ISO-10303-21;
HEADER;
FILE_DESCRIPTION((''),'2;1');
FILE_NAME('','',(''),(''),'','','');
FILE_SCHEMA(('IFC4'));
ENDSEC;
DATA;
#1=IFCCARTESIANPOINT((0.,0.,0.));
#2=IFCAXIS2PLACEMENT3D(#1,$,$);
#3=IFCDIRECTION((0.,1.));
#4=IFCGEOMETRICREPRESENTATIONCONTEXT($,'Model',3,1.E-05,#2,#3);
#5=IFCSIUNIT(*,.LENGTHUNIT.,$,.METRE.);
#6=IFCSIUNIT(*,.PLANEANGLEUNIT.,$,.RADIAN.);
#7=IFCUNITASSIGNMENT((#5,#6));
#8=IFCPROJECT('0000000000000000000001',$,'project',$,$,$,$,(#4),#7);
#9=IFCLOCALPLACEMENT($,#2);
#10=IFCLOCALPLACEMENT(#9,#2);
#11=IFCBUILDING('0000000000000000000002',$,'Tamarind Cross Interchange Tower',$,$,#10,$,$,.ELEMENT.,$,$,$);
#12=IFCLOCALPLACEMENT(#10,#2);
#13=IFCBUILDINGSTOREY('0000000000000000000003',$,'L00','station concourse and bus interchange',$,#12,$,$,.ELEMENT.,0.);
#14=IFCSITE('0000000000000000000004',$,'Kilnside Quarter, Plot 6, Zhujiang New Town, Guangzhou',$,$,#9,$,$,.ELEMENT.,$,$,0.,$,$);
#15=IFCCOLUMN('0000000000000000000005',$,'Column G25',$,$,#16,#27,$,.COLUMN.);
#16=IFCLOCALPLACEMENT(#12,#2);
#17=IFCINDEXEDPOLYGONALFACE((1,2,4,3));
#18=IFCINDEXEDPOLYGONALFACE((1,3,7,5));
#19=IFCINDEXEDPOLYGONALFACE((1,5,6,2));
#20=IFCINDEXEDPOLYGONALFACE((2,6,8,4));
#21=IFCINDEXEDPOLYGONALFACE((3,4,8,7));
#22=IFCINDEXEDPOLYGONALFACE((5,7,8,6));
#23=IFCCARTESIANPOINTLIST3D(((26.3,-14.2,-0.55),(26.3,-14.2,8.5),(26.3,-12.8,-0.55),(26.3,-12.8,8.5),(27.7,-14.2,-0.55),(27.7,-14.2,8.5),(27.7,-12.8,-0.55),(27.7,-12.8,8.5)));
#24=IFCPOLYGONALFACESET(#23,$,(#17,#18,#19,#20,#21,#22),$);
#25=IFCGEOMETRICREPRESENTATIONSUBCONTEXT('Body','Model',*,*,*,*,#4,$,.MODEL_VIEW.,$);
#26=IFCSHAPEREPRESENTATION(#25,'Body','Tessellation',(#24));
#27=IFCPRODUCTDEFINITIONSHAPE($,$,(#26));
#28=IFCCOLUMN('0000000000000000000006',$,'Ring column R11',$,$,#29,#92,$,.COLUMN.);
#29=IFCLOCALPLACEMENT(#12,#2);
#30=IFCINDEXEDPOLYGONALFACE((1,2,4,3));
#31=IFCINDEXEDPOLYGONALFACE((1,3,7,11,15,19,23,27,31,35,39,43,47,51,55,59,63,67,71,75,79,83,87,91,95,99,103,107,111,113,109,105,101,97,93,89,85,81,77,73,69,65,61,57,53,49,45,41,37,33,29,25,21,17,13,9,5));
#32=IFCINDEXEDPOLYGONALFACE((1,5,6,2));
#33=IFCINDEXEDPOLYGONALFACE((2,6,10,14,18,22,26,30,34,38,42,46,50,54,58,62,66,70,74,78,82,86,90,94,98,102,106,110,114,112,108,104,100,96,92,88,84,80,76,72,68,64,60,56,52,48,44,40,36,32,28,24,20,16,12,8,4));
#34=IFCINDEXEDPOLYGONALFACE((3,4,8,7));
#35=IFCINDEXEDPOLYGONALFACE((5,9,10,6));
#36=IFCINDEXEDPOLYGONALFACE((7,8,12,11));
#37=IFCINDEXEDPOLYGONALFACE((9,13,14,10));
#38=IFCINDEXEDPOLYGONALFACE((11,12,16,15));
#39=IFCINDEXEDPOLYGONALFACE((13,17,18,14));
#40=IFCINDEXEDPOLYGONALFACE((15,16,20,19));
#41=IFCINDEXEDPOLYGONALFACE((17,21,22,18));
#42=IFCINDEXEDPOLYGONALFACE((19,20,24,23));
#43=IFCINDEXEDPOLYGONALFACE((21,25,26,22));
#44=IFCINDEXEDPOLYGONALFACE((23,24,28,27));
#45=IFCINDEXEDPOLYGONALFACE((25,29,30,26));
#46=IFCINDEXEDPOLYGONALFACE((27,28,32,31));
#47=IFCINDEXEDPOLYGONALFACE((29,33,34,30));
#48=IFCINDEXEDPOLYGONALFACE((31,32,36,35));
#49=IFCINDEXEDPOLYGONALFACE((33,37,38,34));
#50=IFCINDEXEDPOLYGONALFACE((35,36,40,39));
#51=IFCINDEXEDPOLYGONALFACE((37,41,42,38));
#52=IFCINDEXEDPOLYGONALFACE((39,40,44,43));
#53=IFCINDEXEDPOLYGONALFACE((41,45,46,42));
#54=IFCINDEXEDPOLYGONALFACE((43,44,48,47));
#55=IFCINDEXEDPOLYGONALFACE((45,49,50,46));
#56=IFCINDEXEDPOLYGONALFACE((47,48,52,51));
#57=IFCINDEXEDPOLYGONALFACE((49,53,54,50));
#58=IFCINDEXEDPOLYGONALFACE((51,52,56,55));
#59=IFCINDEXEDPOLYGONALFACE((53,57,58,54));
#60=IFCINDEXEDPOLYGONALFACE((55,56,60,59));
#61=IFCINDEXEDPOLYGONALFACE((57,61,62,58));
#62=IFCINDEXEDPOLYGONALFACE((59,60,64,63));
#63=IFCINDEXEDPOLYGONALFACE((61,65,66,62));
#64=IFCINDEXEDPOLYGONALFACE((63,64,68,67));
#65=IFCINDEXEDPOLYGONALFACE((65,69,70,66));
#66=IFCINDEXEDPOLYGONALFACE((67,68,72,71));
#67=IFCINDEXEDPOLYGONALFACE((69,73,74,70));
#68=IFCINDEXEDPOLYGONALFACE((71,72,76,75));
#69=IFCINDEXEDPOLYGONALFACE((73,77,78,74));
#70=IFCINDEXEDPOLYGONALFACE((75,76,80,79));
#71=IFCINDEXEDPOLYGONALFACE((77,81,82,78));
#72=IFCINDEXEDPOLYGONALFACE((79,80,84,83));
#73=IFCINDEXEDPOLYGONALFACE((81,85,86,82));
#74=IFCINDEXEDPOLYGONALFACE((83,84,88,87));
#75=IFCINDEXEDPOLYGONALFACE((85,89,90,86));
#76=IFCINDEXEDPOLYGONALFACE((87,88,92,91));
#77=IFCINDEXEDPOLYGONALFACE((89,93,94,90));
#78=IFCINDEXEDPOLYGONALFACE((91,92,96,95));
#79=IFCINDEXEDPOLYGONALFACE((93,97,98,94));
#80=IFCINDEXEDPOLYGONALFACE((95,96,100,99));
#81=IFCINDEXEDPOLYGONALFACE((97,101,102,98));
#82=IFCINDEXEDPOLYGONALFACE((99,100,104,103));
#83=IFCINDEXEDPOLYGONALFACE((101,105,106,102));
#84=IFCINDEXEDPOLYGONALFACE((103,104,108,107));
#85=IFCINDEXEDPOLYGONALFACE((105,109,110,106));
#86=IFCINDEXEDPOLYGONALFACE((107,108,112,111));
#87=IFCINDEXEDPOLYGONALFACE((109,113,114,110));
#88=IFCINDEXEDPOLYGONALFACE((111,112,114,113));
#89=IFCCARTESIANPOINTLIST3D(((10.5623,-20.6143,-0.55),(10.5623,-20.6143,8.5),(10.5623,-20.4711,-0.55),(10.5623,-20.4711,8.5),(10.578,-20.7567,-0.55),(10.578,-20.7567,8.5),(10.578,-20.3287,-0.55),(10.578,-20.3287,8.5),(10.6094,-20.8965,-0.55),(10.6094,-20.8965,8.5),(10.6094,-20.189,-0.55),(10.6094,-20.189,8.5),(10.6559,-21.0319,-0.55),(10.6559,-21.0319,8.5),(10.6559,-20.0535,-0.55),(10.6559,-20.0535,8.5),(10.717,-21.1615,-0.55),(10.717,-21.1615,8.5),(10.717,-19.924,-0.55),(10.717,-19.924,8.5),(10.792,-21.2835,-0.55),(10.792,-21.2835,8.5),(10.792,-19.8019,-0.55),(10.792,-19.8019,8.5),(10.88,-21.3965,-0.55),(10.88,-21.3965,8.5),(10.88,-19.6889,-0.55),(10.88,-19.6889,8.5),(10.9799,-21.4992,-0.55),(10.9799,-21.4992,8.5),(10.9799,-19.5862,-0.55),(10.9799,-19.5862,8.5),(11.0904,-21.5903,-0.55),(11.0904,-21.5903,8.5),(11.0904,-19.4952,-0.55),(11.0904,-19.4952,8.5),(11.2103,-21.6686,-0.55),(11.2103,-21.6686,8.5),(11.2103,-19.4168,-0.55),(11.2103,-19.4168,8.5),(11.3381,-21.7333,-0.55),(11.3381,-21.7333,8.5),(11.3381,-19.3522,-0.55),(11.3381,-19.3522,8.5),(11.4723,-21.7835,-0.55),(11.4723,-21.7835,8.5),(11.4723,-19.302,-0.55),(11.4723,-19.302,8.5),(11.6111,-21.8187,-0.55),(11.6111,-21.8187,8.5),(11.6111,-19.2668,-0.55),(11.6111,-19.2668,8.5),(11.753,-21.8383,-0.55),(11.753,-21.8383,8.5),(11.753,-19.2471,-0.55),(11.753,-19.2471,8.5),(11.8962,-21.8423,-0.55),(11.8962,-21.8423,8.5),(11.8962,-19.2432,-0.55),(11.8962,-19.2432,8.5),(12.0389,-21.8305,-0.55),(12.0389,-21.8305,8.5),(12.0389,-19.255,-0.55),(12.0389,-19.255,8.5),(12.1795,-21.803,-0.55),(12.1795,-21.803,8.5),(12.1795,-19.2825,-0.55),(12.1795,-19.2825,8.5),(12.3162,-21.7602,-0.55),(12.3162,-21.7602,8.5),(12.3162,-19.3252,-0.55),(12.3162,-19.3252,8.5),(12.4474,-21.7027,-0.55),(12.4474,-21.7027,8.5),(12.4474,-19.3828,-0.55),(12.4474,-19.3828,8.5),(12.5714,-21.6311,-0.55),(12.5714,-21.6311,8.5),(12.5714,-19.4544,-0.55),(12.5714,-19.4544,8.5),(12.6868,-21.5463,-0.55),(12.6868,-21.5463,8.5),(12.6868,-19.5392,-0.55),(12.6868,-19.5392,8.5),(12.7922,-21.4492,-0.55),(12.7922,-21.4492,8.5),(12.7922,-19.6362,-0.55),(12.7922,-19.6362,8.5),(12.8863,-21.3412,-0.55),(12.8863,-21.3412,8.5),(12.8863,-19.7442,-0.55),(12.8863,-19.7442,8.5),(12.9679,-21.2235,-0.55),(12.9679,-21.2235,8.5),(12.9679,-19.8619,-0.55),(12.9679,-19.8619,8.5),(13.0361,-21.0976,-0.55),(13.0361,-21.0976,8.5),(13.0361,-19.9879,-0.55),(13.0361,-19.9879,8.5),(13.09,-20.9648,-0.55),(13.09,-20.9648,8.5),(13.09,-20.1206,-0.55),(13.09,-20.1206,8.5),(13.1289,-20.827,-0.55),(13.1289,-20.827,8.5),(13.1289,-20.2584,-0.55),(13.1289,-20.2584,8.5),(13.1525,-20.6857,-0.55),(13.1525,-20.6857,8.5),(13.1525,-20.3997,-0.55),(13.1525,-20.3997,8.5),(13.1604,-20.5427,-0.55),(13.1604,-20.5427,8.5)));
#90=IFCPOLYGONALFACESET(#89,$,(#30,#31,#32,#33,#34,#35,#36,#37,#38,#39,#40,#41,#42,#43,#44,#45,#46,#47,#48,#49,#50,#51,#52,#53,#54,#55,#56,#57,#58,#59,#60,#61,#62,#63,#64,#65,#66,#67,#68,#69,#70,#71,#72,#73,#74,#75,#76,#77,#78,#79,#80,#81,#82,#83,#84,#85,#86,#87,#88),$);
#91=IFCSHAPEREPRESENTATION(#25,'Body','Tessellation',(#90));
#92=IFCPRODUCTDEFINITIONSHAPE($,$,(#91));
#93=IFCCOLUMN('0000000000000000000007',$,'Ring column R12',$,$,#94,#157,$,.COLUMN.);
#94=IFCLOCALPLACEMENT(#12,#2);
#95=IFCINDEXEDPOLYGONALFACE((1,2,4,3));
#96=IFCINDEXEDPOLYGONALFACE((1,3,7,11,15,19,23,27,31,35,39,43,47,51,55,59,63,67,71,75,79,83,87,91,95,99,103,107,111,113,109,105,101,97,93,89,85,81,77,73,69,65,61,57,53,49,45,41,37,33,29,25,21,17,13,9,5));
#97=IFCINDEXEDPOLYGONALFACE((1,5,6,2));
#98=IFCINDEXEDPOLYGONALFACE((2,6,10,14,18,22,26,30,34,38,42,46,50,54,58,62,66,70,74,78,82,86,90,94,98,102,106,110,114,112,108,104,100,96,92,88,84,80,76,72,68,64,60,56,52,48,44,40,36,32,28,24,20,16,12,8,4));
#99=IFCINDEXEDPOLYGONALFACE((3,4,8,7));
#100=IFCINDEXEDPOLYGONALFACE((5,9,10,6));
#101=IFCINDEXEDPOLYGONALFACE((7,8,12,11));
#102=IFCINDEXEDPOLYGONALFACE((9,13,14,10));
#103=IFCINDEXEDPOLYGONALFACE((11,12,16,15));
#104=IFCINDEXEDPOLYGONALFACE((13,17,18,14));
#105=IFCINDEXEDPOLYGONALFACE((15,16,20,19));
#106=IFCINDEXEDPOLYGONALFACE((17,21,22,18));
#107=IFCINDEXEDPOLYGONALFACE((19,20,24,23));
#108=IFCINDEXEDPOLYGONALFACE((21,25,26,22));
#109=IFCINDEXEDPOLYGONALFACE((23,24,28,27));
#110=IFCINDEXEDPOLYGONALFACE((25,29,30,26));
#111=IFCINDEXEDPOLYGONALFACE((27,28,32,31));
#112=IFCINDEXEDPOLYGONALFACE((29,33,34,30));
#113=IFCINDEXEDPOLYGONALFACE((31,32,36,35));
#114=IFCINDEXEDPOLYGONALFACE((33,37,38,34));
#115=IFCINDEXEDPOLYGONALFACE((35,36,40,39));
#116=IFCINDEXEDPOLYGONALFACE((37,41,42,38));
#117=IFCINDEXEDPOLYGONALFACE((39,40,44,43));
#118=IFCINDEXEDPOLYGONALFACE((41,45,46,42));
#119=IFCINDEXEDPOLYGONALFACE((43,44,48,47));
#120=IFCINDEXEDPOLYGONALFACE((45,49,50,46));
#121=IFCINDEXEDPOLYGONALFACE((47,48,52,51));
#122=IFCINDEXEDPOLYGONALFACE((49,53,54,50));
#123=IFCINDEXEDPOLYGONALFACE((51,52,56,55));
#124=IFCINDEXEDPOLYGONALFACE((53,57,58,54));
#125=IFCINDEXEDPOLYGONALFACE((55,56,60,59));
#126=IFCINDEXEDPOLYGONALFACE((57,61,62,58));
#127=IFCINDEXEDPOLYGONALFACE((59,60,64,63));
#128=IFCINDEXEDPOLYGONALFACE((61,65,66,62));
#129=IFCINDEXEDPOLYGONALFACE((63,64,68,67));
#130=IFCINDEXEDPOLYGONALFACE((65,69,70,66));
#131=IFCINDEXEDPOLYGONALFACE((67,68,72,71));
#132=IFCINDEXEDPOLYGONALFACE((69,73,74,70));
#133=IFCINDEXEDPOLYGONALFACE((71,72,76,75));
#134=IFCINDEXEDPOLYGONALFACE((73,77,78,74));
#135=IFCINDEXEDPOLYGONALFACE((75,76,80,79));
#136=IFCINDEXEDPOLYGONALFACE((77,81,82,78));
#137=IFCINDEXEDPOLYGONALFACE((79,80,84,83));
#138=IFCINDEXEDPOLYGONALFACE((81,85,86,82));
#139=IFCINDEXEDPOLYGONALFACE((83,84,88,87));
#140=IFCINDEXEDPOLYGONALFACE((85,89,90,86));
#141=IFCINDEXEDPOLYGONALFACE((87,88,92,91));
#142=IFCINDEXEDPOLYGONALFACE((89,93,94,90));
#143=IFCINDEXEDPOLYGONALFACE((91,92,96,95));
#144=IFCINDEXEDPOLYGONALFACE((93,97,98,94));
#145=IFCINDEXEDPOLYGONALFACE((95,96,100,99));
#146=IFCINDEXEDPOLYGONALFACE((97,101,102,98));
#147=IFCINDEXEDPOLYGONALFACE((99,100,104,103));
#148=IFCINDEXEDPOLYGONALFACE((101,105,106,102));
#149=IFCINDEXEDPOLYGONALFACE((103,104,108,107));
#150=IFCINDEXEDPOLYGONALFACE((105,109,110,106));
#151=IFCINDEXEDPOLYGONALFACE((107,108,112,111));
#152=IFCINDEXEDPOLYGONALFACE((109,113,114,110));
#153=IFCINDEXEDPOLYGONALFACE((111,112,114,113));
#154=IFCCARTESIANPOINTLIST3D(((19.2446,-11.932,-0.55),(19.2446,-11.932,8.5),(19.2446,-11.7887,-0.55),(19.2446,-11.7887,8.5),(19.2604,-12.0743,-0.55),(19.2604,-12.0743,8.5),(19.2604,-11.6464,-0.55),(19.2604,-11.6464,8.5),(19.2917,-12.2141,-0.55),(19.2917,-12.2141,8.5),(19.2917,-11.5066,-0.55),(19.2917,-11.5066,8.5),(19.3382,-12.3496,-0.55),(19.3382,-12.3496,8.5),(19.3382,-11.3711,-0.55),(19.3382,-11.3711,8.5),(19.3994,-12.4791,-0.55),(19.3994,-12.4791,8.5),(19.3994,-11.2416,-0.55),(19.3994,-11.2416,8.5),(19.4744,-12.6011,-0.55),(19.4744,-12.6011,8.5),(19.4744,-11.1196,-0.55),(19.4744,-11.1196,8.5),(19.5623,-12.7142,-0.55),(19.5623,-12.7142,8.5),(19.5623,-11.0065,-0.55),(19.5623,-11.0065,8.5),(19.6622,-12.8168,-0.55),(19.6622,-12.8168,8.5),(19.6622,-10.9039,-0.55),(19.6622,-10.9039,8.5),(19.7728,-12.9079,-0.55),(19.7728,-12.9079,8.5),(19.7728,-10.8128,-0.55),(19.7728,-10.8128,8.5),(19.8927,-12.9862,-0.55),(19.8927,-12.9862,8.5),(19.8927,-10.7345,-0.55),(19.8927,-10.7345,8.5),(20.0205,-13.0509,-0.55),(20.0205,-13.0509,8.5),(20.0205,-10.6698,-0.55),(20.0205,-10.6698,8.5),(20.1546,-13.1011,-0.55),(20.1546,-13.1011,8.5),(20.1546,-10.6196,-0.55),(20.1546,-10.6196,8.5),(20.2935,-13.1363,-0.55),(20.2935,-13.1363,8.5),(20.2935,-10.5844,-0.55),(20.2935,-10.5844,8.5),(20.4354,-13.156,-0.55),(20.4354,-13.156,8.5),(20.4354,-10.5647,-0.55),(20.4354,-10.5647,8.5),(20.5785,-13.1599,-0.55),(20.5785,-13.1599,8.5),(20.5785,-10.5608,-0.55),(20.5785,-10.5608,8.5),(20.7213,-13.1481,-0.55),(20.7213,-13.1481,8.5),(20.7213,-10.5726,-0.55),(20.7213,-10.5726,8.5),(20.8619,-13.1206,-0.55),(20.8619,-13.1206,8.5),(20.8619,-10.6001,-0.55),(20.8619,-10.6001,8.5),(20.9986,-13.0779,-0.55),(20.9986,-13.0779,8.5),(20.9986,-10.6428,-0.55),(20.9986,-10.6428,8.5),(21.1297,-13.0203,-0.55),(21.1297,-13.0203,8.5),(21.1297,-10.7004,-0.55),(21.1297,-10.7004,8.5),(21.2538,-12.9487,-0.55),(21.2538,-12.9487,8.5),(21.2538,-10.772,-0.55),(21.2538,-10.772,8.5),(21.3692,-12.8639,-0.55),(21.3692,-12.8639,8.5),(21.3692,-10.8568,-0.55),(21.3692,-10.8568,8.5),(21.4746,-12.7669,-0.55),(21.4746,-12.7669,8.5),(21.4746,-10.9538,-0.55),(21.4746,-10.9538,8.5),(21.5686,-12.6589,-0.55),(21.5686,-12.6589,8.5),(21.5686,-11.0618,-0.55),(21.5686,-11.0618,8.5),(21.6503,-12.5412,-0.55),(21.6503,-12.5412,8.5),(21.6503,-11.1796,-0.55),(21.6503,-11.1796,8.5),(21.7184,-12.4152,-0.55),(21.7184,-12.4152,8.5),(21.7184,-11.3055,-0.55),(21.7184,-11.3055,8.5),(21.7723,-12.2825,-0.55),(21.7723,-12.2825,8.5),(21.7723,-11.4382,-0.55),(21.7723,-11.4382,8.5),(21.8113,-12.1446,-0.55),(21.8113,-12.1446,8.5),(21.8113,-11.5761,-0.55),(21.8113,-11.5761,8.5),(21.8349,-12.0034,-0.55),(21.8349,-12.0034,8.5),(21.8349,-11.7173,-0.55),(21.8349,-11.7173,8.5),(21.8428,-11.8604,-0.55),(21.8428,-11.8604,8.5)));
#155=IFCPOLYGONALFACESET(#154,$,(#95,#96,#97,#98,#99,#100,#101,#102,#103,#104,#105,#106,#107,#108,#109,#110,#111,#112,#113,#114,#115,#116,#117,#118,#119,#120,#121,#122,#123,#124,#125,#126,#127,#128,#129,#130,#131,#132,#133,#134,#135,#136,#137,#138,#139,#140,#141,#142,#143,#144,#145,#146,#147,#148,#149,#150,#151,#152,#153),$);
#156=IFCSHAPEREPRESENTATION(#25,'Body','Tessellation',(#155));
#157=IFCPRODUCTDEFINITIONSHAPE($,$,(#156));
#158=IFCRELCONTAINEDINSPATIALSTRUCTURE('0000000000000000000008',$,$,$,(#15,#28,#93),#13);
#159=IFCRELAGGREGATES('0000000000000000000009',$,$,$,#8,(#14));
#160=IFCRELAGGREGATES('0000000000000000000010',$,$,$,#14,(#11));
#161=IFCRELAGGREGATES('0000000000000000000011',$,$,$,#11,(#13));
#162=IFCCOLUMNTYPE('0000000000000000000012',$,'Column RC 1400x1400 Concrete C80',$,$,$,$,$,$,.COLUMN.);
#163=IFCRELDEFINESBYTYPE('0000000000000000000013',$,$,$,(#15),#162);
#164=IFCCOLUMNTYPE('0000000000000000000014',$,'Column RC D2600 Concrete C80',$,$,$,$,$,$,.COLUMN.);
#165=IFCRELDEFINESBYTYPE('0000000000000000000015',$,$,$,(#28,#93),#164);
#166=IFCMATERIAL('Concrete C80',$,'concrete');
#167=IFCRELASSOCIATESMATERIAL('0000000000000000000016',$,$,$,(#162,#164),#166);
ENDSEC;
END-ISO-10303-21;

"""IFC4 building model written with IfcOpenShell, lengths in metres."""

from ifc_helpers import new_model, si_unit, direction, frame, origin, origin_2d, place, context, subcontext, project, spatial, rectangle, circle, extrude, material, material_profile, profile_set, type_object, element, save


model = new_model("IFC4")

# Units and contexts
model_context = context("Model", 3, precision=1e-05, world=origin(), true_north=direction((0.0, 1.0)))
body_context = subcontext(model_context, "Body", "Model", "MODEL_VIEW")
ifc_project = project(units=[si_unit("LENGTHUNIT", "METRE"), si_unit("PLANEANGLEUNIT", "RADIAN")], contexts=[model_context])

# Site, building, storey
site_placement = place(None, origin())
site = spatial("IfcSite", under=ifc_project, at=site_placement, Name="Kilnside Quarter, Plot 6, Zhujiang New Town, Guangzhou", CompositionType="ELEMENT", RefElevation=0.0)
building_placement = place(site_placement, origin())
building = spatial("IfcBuilding", under=site, at=building_placement, Name="Tamarind Cross Interchange Tower", CompositionType="ELEMENT")
storey_placement = place(building_placement, origin())
storey = spatial("IfcBuildingStorey", under=building, at=storey_placement, Name="L00", Description="station concourse and bus interchange", CompositionType="ELEMENT", Elevation=0.0)

# Columns
ifc_material_1 = material(Name="Concrete C80", Category="concrete")
ifc_material_profile_1 = material_profile(ifc_material_1, rectangle(XDim=1.3999, YDim=1.3999, at=origin_2d()), Name="RC 1400x1400")
ifc_profile_set_1 = profile_set([ifc_material_profile_1], Name="Concrete C80")
column_type_1 = type_object("IfcColumnType", Name="Column RC 1400x1400 Concrete C80", PredefinedType="COLUMN", material=ifc_profile_set_1)
column_placement = place(storey_placement, frame((27.0, -13.5, -0.55), z_axis=(0.0, 0.0, 1.0), x_axis=(1.0, 0.0, 0.0)))
element("IfcColumn", 1, at=column_placement, inside=storey, type_object=column_type_1, Name="Column G25", PredefinedType="COLUMN", context=body_context, shape_type="SweptSolid", body=[
    extrude(rectangle(XDim=1.3999, YDim=1.3999, at=origin_2d()), origin(), (0.0, 0.0, 1.0), 9.05),
])
ifc_material_profile_2 = material_profile(ifc_material_1, circle(Radius=1.3, at=origin_2d()), Name="RC D2600")
ifc_profile_set_2 = profile_set([ifc_material_profile_2], Name="Concrete C80")
column_type_2 = type_object("IfcColumnType", Name="Column RC D2600 Concrete C80", PredefinedType="COLUMN", material=ifc_profile_set_2)
for number, where, z_axis, x_axis, name in (
    (2, (11.8604, -20.5427, -0.55), (0.0, 0.0, 1.0), (1.0, 0.0, 0.0), "Ring column R11"),
    (3, (20.5427, -11.8604, -0.55), (0.0, 0.0, 1.0), (1.0, 0.0, 0.0), "Ring column R12"),
):
    element("IfcColumn", number, at=place(storey_placement, frame(where, z_axis=z_axis, x_axis=x_axis)), inside=storey, type_object=column_type_2, Name=name, PredefinedType="COLUMN", context=body_context, shape_type="SweptSolid", body=[
        extrude(circle(Radius=1.3, at=origin_2d()), origin(), (0.0, 0.0, 1.0), 9.05),
    ])

save(model, "model.ifc")
